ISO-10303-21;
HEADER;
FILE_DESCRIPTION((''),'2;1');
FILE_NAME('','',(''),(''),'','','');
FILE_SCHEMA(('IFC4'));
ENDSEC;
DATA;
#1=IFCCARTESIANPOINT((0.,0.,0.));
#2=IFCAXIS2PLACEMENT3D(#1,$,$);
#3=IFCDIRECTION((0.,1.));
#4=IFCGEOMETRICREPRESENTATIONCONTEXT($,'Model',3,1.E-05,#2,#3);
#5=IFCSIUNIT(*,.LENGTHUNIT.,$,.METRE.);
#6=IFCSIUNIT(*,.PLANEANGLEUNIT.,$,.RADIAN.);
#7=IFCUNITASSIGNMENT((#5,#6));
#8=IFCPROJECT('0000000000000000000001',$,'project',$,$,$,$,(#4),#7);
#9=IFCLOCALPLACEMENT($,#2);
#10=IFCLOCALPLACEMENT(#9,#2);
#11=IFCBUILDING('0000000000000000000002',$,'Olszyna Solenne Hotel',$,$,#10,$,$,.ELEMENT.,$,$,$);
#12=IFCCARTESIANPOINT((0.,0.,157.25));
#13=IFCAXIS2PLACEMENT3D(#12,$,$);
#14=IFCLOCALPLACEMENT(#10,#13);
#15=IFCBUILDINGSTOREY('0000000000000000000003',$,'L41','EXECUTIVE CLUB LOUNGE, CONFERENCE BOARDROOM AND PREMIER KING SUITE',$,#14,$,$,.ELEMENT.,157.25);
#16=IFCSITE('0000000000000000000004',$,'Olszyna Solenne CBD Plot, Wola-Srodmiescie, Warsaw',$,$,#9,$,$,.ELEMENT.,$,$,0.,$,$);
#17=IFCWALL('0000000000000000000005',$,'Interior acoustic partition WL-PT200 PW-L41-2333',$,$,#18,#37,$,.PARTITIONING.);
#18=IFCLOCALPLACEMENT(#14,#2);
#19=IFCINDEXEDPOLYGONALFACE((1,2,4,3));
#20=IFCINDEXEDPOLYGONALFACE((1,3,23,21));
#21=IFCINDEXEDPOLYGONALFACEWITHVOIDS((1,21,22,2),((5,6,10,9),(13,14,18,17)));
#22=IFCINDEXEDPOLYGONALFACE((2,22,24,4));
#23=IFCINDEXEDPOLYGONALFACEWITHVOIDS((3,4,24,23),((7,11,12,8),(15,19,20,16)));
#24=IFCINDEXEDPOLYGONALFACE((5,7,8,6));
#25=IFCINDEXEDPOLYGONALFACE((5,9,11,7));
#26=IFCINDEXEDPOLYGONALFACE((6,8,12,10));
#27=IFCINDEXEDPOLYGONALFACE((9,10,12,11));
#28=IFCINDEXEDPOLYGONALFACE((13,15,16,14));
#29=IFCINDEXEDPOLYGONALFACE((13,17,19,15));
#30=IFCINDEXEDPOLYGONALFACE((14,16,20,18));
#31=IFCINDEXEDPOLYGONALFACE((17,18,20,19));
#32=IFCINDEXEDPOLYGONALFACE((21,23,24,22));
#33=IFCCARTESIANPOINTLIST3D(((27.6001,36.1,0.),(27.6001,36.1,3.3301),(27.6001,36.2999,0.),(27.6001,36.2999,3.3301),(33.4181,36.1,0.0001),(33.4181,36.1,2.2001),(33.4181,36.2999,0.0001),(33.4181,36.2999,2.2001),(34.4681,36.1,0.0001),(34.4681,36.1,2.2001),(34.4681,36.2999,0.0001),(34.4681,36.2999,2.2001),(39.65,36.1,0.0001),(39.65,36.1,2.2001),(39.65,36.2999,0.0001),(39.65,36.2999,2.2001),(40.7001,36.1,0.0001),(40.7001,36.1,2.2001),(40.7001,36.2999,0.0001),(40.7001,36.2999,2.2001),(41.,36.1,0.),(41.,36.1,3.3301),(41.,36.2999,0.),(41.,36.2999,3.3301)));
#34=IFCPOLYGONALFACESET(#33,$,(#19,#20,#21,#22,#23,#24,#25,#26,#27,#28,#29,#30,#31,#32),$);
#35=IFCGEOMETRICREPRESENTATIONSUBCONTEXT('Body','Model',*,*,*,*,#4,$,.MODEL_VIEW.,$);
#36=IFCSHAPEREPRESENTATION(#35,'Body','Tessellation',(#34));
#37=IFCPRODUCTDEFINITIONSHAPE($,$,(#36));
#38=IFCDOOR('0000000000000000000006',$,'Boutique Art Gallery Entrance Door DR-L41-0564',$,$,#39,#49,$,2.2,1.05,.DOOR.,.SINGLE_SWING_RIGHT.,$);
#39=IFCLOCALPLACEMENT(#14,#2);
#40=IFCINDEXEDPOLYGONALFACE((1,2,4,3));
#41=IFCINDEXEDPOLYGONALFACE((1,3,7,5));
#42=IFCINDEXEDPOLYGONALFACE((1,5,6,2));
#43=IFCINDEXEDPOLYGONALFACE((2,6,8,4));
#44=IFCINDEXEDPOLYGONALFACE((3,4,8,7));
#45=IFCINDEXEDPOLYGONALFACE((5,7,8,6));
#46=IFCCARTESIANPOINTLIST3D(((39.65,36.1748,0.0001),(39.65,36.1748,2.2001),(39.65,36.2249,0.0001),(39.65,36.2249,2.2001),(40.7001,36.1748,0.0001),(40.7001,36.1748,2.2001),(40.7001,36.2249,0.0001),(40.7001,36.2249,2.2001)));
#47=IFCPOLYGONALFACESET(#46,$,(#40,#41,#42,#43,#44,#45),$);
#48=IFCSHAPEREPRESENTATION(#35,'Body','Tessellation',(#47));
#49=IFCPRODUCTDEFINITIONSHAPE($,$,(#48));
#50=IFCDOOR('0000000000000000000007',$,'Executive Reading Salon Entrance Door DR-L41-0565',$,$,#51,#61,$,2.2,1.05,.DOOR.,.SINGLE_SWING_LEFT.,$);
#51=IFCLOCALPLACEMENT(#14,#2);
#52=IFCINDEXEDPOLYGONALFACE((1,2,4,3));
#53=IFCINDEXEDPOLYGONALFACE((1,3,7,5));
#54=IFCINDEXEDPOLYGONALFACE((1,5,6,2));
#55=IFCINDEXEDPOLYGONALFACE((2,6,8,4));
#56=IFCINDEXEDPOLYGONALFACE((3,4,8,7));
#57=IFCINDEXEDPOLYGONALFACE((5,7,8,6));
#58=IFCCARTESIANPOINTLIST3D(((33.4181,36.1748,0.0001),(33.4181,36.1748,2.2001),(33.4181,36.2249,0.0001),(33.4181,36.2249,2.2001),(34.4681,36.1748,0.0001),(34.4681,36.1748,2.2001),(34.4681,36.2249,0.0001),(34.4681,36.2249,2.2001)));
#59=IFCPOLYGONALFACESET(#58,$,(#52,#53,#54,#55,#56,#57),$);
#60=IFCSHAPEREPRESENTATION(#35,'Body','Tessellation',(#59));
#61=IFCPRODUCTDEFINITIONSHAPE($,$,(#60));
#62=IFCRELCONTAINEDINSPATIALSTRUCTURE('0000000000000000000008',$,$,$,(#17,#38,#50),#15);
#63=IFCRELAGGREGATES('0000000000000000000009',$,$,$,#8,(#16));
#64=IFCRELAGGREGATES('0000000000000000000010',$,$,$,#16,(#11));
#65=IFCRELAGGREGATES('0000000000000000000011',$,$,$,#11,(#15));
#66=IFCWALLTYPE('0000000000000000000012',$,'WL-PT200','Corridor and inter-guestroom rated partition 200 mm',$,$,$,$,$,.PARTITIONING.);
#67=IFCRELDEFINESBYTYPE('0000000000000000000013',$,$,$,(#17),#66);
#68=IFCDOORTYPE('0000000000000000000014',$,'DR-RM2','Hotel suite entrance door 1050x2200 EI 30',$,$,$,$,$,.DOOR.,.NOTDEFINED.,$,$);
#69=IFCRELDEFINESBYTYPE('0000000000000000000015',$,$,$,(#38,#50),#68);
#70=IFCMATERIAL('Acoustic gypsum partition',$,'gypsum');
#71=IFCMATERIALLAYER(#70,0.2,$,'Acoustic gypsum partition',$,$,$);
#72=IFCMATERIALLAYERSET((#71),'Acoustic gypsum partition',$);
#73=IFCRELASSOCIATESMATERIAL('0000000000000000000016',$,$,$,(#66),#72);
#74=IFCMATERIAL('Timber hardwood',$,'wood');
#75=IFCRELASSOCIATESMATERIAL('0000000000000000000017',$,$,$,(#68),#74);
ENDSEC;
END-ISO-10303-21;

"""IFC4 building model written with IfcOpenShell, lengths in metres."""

from ifc_helpers import new_model, si_unit, direction, frame, frame_2d, origin, place, context, subcontext, project, spatial, rectangle, extrude, source, transform, mapped, material, layer, layer_set, type_object, type_shapes, element, fill, save


model = new_model("IFC4")

# Units and contexts
model_context = context("Model", 3, precision=1e-05, world=origin(), true_north=direction((0.0, 1.0)))
body_context = subcontext(model_context, "Body", "Model", "MODEL_VIEW")
ifc_project = project(units=[si_unit("LENGTHUNIT", "METRE"), si_unit("PLANEANGLEUNIT", "RADIAN")], contexts=[model_context])

# Site, building, storey
site_placement = place(None, origin())
site = spatial("IfcSite", under=ifc_project, at=site_placement, Name="Olszyna Solenne CBD Plot, Wola-Srodmiescie, Warsaw", CompositionType="ELEMENT", RefElevation=0.0)
building_placement = place(site_placement, origin())
building = spatial("IfcBuilding", under=site, at=building_placement, Name="Olszyna Solenne Hotel", CompositionType="ELEMENT")
storey_placement = place(building_placement, frame((0.0, 0.0, 157.25)))
storey = spatial("IfcBuildingStorey", under=building, at=storey_placement, Name="L41", Description="EXECUTIVE CLUB LOUNGE, CONFERENCE BOARDROOM AND PREMIER KING SUITE", CompositionType="ELEMENT", Elevation=157.25)

# Shared definitions
ifc_material_1 = material(Name="Acoustic gypsum partition", Category="gypsum")
ifc_material_2 = material(Name="Timber hardwood", Category="wood")

# Shared definitions
ifc_layer_1 = layer(ifc_material_1, 0.2, Name="Acoustic gypsum partition")
ifc_layer_set_1 = layer_set([ifc_layer_1], Name="Acoustic gypsum partition")
wall_type_1 = type_object("IfcWallType", Name="WL-PT200", Description="Corridor and inter-guestroom rated partition 200 mm", PredefinedType="PARTITIONING", material=ifc_layer_set_1)

# Wall, openings, doors
wall_1_placement = place(storey_placement, frame((27.6001, 36.2, 0.0), z_axis=(0.0, 0.0, 1.0), x_axis=(1.0, 0.0, 0.0)))
wall_1 = element("IfcWall", 1, at=wall_1_placement, inside=storey, type_object=wall_type_1, Name="Interior acoustic partition WL-PT200 PW-L41-2333", PredefinedType="PARTITIONING", context=body_context, shape_type="SweptSolid", body=[
    extrude(rectangle(XDim=13.3999, YDim=0.2, at=frame_2d((6.7, 0.0))), origin(), (0.0, 0.0, 1.0), 3.3301),
])
opening_1_placement = place(wall_1_placement, frame((12.05, 0.0, 0.0)))
opening_1 = element("IfcOpeningElement", 2, at=opening_1_placement, cuts=wall_1, PredefinedType="OPENING", context=body_context, shape_type="SweptSolid", body=[
    extrude(rectangle(XDim=1.05, YDim=2.2, at=frame_2d((0.5249, 1.1001))), frame((0.0, 0.1099, 0.0), z_axis=(0.0, -1.0, 0.0), x_axis=(1.0, 0.0, 0.0)), (0.0, 0.0, 1.0), 0.22),
])
opening_2_placement = place(wall_1_placement, frame((5.8181, 0.0, 0.0)))
opening_2 = element("IfcOpeningElement", 3, at=opening_2_placement, cuts=wall_1, PredefinedType="OPENING", context=body_context, shape_type="SweptSolid", body=[
    extrude(rectangle(XDim=1.05, YDim=2.2, at=frame_2d((0.5249, 1.1001))), frame((0.0, 0.1099, 0.0), z_axis=(0.0, -1.0, 0.0), x_axis=(1.0, 0.0, 0.0)), (0.0, 0.0, 1.0), 0.22),
])
door_type_1 = type_object("IfcDoorType", Name="DR-RM2", Description="Hotel suite entrance door 1050x2200 EI 30", OperationType="NOTDEFINED", PredefinedType="DOOR", material=ifc_material_2)
shared_shape_1 = source(origin(), body_context, "Body", "SweptSolid", [
    extrude(rectangle(XDim=1.05, YDim=2.2, at=frame_2d((0.5249, 1.1001))), frame((0.0, 0.0249, 0.0), z_axis=(0.0, -1.0, 0.0), x_axis=(1.0, 0.0, 0.0)), (0.0, 0.0, 1.0), 0.05),
])
type_shapes(door_type_1, [shared_shape_1])
door_1_placement = place(opening_1_placement, origin())
door_1 = element("IfcDoor", 4, at=door_1_placement, inside=storey, type_object=door_type_1, Name="Boutique Art Gallery Entrance Door DR-L41-0564", OperationType="SINGLE_SWING_RIGHT", OverallHeight=2.2, OverallWidth=1.05, PredefinedType="DOOR", context=body_context, shape_type="MappedRepresentation", body=[
    mapped(shared_shape_1, transform((0.0, 0.0, 0.0), x_axis=(1.0, 0.0, 0.0), y_axis=(0.0, 1.0, 0.0), z_axis=(0.0, 0.0, 1.0), scale=1.0)),
])
fill(opening_1, door_1)
door_2_placement = place(opening_2_placement, origin())
door_2 = element("IfcDoor", 5, at=door_2_placement, inside=storey, type_object=door_type_1, Name="Executive Reading Salon Entrance Door DR-L41-0565", OperationType="SINGLE_SWING_LEFT", OverallHeight=2.2, OverallWidth=1.05, PredefinedType="DOOR", context=body_context, shape_type="MappedRepresentation", body=[
    mapped(shared_shape_1, transform((0.0, 0.0, 0.0), x_axis=(1.0, 0.0, 0.0), y_axis=(0.0, 1.0, 0.0), z_axis=(0.0, 0.0, 1.0), scale=1.0)),
])
fill(opening_2, door_2)

save(model, "model.ifc")
